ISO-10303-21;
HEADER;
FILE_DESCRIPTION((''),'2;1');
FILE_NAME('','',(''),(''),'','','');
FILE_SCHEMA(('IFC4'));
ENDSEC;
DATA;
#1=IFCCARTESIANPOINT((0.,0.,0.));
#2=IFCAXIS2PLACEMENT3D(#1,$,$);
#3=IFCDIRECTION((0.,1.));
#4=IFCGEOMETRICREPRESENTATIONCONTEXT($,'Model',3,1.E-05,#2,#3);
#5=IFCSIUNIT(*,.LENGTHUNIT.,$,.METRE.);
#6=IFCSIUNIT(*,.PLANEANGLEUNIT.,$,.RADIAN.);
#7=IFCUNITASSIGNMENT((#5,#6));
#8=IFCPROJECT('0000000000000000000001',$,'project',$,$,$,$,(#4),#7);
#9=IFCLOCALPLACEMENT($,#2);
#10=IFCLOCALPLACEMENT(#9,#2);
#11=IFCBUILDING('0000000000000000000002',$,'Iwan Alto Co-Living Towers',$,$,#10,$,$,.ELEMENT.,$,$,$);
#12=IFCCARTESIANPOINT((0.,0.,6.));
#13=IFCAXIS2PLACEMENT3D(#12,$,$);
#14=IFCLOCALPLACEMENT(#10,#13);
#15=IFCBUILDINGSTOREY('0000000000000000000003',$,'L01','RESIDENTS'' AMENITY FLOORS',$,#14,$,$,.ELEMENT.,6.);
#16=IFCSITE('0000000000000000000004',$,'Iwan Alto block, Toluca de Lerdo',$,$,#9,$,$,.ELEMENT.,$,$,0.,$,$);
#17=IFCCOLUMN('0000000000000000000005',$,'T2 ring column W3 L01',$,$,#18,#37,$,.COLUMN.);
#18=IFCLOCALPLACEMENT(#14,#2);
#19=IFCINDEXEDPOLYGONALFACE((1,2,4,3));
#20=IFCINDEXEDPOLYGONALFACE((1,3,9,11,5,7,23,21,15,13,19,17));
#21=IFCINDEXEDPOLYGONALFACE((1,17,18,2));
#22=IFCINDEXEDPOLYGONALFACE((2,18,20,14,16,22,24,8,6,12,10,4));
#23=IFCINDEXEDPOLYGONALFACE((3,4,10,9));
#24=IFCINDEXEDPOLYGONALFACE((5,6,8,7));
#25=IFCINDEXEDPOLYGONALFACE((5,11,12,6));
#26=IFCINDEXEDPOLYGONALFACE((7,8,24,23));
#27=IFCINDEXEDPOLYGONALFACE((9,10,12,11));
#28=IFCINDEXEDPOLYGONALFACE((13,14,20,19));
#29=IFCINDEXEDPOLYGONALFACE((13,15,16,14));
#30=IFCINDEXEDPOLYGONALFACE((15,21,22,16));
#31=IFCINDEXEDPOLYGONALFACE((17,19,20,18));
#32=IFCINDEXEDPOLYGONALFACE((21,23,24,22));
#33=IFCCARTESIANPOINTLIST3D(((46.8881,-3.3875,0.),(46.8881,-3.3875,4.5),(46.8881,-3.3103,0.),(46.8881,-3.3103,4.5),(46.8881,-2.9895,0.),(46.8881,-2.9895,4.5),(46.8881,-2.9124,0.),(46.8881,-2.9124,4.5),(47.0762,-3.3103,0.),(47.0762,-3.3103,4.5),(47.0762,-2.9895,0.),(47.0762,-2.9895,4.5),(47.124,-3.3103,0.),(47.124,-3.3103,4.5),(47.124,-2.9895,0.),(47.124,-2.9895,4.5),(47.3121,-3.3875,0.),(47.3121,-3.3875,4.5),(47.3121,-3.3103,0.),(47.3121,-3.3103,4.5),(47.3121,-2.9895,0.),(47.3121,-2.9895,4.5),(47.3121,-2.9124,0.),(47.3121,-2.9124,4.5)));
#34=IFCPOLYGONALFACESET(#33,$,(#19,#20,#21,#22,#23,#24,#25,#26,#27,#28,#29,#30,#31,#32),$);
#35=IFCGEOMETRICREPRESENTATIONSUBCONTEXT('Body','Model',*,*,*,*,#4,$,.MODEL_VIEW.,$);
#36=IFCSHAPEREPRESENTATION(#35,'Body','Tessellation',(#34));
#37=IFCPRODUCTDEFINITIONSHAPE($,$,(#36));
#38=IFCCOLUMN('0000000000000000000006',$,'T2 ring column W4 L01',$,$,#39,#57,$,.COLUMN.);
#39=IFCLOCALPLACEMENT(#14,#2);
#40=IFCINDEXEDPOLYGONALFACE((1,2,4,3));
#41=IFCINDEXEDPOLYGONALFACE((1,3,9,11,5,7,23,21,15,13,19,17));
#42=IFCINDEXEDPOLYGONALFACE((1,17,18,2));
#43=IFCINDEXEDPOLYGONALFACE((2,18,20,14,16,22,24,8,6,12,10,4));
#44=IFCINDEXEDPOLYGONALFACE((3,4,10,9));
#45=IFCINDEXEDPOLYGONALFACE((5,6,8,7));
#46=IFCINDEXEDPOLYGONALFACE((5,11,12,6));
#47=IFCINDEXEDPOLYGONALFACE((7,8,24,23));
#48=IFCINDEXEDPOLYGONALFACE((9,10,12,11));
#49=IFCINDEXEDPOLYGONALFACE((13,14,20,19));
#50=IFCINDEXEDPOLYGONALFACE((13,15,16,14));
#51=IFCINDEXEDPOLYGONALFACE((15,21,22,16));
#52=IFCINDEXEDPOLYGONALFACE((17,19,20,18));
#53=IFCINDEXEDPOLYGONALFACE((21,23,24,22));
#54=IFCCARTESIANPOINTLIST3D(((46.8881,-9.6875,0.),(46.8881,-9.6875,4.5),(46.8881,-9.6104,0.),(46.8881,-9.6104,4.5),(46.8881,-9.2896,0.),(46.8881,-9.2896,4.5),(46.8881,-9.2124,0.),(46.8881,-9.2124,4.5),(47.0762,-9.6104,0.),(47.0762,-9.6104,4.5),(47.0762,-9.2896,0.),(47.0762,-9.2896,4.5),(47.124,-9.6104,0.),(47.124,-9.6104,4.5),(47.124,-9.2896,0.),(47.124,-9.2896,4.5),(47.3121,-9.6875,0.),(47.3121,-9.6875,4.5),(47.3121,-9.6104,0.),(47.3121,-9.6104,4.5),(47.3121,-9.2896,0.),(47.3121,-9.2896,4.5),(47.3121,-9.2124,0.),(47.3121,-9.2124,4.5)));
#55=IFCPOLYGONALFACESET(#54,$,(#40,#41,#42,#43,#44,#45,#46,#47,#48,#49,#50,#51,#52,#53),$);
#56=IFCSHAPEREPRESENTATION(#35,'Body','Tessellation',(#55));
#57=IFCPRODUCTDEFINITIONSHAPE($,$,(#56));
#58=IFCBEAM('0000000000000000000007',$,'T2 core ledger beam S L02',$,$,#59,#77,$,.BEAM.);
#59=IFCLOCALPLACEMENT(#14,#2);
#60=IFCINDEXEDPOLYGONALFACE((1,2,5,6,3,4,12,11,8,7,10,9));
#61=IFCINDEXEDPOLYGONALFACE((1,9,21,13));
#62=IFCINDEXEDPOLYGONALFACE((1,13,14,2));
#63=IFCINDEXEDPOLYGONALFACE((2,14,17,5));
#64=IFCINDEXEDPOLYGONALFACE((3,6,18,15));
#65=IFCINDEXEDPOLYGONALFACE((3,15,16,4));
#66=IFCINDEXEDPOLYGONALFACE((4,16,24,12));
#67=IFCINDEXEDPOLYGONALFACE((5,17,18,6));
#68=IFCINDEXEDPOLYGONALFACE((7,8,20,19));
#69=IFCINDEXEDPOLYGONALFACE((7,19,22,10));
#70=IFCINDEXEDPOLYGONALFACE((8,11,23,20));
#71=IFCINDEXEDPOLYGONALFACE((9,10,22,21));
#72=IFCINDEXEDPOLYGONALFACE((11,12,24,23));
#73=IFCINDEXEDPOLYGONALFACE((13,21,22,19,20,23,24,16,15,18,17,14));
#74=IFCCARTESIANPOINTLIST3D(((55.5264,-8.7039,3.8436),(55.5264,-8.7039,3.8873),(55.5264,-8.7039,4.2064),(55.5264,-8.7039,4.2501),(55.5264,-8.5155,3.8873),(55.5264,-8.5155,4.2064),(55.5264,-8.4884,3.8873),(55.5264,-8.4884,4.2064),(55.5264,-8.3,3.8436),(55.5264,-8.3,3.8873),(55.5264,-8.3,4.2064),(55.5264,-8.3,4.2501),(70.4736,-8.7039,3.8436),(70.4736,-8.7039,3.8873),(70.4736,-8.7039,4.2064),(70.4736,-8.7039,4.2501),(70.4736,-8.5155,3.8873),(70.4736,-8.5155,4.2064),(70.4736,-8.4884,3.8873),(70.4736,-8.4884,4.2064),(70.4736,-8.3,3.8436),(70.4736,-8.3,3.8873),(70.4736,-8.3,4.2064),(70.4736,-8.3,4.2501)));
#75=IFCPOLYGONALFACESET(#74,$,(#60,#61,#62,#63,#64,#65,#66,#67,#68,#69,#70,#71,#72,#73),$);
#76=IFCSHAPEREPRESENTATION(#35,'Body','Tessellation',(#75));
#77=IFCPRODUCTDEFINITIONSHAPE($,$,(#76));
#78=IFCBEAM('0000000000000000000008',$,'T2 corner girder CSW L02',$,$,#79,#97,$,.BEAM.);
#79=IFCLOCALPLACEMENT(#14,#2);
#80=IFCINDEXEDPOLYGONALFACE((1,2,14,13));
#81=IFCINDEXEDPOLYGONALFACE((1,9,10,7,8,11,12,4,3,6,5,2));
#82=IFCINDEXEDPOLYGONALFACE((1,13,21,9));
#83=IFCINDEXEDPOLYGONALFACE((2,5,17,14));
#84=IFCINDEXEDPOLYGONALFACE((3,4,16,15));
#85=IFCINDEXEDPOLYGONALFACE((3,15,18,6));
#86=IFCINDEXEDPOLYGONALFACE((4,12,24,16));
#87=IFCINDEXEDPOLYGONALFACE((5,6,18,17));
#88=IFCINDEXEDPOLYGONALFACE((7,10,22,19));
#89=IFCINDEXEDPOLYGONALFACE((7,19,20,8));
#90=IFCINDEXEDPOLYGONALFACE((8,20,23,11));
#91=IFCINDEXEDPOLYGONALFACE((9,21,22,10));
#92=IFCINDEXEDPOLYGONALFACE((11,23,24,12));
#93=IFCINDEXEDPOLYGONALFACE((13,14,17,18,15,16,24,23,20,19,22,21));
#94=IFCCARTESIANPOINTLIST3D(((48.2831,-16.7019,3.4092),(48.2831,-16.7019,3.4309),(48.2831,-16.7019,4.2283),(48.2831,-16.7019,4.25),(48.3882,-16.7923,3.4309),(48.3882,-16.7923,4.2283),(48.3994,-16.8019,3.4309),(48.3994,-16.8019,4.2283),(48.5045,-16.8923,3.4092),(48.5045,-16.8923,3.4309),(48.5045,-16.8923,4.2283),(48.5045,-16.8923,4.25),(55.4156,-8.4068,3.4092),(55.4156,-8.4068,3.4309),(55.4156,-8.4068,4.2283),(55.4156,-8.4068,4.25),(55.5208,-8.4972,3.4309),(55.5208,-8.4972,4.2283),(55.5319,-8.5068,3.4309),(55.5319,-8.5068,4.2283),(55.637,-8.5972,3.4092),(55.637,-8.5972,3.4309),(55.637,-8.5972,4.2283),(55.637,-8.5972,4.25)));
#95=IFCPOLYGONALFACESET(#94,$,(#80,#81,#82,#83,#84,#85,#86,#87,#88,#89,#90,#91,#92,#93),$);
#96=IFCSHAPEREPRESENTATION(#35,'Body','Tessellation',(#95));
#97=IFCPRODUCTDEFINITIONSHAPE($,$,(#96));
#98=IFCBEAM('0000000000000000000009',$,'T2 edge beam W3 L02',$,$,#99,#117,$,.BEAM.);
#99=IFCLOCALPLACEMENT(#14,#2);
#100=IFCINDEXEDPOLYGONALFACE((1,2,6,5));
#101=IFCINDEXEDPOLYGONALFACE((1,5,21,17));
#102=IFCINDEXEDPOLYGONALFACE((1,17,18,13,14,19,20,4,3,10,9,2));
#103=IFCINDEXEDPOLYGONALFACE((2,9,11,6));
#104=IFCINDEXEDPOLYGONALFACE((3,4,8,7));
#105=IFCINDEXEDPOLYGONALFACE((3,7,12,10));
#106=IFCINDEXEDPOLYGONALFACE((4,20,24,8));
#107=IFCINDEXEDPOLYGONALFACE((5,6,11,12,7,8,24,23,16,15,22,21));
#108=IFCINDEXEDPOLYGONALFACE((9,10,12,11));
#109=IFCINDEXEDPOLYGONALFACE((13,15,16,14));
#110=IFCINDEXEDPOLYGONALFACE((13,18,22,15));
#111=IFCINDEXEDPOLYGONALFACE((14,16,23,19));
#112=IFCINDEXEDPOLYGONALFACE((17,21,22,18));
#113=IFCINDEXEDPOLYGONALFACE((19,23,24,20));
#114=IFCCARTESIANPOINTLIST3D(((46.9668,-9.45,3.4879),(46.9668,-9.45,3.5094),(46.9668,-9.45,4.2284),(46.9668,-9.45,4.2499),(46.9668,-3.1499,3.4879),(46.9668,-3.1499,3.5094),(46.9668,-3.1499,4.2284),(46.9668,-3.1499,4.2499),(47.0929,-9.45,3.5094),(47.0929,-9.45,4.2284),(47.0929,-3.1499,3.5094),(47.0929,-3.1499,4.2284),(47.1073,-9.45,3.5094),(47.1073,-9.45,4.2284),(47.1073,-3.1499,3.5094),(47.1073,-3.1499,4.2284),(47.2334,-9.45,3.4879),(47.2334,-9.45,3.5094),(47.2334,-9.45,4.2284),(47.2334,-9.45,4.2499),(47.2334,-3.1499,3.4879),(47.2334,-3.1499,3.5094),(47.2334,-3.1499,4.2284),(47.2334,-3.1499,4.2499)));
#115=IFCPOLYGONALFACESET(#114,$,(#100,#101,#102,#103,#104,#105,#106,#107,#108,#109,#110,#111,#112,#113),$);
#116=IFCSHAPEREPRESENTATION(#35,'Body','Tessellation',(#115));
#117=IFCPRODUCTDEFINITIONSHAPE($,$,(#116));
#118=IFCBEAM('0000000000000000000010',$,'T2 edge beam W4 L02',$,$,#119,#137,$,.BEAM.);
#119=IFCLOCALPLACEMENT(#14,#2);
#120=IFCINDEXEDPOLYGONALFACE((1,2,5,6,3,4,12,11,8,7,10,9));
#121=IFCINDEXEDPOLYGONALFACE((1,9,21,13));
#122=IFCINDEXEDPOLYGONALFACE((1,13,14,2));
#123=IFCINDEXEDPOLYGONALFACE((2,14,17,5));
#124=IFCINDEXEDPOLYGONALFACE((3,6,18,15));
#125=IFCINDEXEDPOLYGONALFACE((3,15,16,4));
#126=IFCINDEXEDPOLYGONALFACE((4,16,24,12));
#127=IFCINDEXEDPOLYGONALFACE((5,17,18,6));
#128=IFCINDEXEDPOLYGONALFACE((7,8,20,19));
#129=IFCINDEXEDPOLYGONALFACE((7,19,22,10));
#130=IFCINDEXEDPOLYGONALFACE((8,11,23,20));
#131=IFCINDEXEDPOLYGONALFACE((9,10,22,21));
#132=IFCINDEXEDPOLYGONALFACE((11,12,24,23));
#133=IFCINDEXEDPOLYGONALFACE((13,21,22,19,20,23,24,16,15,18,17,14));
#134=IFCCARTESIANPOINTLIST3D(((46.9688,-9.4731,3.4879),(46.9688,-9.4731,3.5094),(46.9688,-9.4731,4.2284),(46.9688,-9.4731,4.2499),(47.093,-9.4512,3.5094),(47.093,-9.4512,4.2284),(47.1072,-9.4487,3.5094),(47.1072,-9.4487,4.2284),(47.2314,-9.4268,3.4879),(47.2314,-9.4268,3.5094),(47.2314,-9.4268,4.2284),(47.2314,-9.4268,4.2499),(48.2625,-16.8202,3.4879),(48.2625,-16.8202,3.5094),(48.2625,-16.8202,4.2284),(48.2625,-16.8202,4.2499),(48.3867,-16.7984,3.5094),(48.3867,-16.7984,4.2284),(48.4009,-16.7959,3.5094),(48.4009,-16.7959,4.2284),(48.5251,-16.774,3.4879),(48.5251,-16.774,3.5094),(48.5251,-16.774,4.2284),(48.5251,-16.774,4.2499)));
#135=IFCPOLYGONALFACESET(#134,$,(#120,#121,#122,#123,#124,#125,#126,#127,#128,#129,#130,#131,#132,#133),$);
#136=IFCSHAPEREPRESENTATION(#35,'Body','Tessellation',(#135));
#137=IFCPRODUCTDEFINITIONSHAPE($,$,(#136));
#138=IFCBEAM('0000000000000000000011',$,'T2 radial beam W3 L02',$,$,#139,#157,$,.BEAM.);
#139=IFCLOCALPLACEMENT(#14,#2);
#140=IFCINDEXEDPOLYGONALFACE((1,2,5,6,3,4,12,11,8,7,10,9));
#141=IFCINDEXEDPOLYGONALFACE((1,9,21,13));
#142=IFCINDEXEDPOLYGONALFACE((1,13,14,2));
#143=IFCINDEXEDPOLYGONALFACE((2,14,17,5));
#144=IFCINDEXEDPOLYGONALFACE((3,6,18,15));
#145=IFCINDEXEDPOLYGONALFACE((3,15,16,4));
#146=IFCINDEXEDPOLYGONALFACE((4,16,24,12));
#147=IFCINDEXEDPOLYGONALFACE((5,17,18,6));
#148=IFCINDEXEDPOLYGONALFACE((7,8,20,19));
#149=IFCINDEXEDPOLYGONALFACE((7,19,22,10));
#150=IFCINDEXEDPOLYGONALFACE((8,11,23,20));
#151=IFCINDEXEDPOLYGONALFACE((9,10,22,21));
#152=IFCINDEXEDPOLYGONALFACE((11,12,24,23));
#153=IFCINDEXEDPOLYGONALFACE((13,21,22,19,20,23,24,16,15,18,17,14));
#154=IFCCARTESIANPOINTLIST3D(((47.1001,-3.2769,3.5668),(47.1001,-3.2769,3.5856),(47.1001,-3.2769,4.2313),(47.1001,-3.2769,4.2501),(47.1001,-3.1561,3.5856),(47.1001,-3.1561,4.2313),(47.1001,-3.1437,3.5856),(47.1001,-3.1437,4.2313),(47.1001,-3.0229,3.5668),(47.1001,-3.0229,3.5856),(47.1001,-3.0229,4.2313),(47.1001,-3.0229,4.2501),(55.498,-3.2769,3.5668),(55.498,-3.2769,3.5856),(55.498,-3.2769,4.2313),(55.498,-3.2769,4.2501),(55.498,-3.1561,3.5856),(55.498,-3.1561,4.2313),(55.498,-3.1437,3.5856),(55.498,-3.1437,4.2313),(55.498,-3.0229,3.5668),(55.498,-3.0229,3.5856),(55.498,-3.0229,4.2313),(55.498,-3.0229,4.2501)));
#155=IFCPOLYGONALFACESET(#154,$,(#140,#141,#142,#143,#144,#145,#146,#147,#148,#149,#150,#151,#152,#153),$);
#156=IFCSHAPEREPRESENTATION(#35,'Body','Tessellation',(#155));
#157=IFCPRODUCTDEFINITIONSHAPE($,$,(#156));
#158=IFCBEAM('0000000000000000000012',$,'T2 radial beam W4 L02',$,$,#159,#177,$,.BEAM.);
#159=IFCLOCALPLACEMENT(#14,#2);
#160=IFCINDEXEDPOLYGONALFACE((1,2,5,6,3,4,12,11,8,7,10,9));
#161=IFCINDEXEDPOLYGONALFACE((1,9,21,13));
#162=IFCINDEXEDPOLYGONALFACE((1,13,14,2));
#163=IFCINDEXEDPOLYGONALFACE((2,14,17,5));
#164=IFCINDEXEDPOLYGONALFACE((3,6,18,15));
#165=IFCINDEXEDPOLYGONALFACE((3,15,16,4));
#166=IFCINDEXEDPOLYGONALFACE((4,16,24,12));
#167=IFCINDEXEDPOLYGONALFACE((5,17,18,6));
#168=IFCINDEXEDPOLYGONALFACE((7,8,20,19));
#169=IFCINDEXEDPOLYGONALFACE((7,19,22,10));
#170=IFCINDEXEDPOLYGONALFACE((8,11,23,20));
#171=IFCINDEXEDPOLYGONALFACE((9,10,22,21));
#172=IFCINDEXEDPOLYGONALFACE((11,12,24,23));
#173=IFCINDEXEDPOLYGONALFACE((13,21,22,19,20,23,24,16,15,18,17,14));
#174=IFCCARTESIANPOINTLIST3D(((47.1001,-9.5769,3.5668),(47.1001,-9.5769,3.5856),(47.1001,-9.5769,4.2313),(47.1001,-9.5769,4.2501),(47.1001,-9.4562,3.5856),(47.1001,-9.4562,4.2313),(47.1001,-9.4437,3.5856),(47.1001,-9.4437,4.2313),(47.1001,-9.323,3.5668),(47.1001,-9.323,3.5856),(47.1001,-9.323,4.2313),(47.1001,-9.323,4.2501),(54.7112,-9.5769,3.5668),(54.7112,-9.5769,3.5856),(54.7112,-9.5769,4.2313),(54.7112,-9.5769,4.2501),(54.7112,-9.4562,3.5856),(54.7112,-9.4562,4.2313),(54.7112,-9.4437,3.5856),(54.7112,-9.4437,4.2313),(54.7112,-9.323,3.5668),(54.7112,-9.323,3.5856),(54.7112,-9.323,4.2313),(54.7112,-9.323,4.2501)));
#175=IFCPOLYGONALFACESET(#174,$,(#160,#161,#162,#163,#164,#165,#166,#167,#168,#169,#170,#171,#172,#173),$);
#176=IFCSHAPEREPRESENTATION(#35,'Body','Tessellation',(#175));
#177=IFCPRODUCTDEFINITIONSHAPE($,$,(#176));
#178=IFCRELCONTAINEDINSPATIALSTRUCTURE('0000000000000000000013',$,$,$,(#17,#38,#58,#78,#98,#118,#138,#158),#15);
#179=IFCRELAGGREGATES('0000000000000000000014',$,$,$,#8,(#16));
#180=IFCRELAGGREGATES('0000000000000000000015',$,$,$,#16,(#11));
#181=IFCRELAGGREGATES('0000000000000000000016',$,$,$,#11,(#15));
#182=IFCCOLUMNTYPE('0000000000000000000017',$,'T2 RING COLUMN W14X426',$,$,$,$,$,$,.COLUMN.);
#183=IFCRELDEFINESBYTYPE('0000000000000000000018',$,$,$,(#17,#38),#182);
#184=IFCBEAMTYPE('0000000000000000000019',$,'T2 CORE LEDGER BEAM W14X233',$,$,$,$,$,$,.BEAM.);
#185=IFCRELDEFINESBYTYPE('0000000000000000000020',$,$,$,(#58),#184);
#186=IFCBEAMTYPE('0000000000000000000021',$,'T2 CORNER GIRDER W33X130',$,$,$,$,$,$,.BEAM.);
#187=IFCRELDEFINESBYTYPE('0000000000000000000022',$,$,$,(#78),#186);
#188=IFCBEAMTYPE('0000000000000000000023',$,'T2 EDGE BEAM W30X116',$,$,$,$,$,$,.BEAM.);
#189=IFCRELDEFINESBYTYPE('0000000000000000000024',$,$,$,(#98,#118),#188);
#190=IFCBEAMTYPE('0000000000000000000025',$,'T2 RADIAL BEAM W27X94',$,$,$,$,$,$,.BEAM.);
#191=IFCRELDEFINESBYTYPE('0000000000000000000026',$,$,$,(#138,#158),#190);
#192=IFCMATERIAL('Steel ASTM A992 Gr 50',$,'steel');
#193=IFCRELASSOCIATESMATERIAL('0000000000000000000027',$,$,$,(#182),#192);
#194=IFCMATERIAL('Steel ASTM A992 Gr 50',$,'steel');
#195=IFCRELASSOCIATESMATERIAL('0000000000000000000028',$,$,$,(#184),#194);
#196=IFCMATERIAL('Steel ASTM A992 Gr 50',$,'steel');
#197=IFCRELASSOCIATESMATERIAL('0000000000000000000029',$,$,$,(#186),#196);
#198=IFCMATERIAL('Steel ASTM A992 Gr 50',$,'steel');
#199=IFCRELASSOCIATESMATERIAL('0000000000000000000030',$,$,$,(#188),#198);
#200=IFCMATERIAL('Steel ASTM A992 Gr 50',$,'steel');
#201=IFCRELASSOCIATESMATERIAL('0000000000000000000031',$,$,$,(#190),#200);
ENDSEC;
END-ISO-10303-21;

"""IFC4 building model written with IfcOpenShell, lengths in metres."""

from ifc_helpers import new_model, si_unit, direction, frame, origin, origin_2d, place, context, subcontext, project, spatial, i_section, extrude, material, material_profile, profile_set, type_object, element, save


model = new_model("IFC4")

# Units and contexts
model_context = context("Model", 3, precision=1e-05, world=origin(), true_north=direction((0.0, 1.0)))
body_context = subcontext(model_context, "Body", "Model", "MODEL_VIEW")
ifc_project = project(units=[si_unit("LENGTHUNIT", "METRE"), si_unit("PLANEANGLEUNIT", "RADIAN")], contexts=[model_context])

# Site, building, storey
site_placement = place(None, origin())
site = spatial("IfcSite", under=ifc_project, at=site_placement, Name="Iwan Alto block, Toluca de Lerdo", CompositionType="ELEMENT", RefElevation=0.0)
building_placement = place(site_placement, origin())
building = spatial("IfcBuilding", under=site, at=building_placement, Name="Iwan Alto Co-Living Towers", CompositionType="ELEMENT")
storey_placement = place(building_placement, frame((0.0, 0.0, 6.0)))
storey = spatial("IfcBuildingStorey", under=building, at=storey_placement, Name="L01", Description="RESIDENTS' AMENITY FLOORS", CompositionType="ELEMENT", Elevation=6.0)

# Columns
ifc_material_1 = material(Name="Steel ASTM A992 Gr 50", Category="steel")
ifc_material_profile_1 = material_profile(ifc_material_1, i_section(OverallWidth=0.4241, OverallDepth=0.4751, WebThickness=0.0479, FlangeThickness=0.0771, at=origin_2d()), Name="W14X426")
ifc_profile_set_1 = profile_set([ifc_material_profile_1], Name="Steel ASTM A992 Gr 50")
column_type = type_object("IfcColumnType", Name="T2 RING COLUMN W14X426", PredefinedType="COLUMN", material=ifc_profile_set_1)
for number, where, z_axis, x_axis, name in (
    (1, (47.1001, -3.1499, 0.0), (0.0, 0.0, 1.0), (1.0, 0.0, 0.0), "T2 ring column W3 L01"),
    (2, (47.1001, -9.45, 0.0), (0.0, 0.0, 1.0), (1.0, 0.0, 0.0), "T2 ring column W4 L01"),
):
    element("IfcColumn", number, at=place(storey_placement, frame(where, z_axis=z_axis, x_axis=x_axis)), inside=storey, type_object=column_type, Name=name, PredefinedType="COLUMN", context=body_context, shape_type="SweptSolid", body=[
        extrude(i_section(OverallWidth=0.4241, OverallDepth=0.4751, WebThickness=0.0479, FlangeThickness=0.0771, at=origin_2d()), origin(), (0.0, 0.0, 1.0), 4.5),
    ])

# Beams
ifc_material_2 = material(Name="Steel ASTM A992 Gr 50", Category="steel")
ifc_material_profile_2 = material_profile(ifc_material_2, i_section(OverallWidth=0.4038, OverallDepth=0.4065, WebThickness=0.0271, FlangeThickness=0.0437, at=origin_2d()), Name="W14X233")
ifc_profile_set_2 = profile_set([ifc_material_profile_2], Name="Steel ASTM A992 Gr 50")
beam_type_1 = type_object("IfcBeamType", Name="T2 CORE LEDGER BEAM W14X233", PredefinedType="BEAM", material=ifc_profile_set_2)
beam_1_placement = place(storey_placement, frame((55.5264, -8.502, 4.0469), z_axis=(1.0, 0.0, 0.0), x_axis=(0.0, 1.0, 0.0)))
element("IfcBeam", 3, at=beam_1_placement, inside=storey, type_object=beam_type_1, Name="T2 core ledger beam S L02", PredefinedType="BEAM", context=body_context, shape_type="SweptSolid", body=[
    extrude(i_section(OverallWidth=0.4038, OverallDepth=0.4065, WebThickness=0.0271, FlangeThickness=0.0437, at=origin_2d()), origin(), (0.0, 0.0, 1.0), 14.9473),
])
ifc_material_3 = material(Name="Steel ASTM A992 Gr 50", Category="steel")
ifc_material_profile_3 = material_profile(ifc_material_3, i_section(OverallWidth=0.292, OverallDepth=0.8408, WebThickness=0.0146, FlangeThickness=0.0217, at=origin_2d()), Name="W33X130")
ifc_profile_set_3 = profile_set([ifc_material_profile_3], Name="Steel ASTM A992 Gr 50")
beam_type_2 = type_object("IfcBeamType", Name="T2 CORNER GIRDER W33X130", PredefinedType="BEAM", material=ifc_profile_set_3)
beam_2_placement = place(storey_placement, frame((48.3938, -16.7971, 3.8296), z_axis=(0.651972, 0.758243, 0.0), x_axis=(-0.758243, 0.651972, 0.0)))
element("IfcBeam", 4, at=beam_2_placement, inside=storey, type_object=beam_type_2, Name="T2 corner girder CSW L02", PredefinedType="BEAM", context=body_context, shape_type="SweptSolid", body=[
    extrude(i_section(OverallWidth=0.292, OverallDepth=0.8408, WebThickness=0.0146, FlangeThickness=0.0217, at=origin_2d()), origin(), (0.0, 0.0, 1.0), 10.9399),
])
ifc_material_4 = material(Name="Steel ASTM A992 Gr 50", Category="steel")
ifc_material_profile_4 = material_profile(ifc_material_4, i_section(OverallWidth=0.2666, OverallDepth=0.762, WebThickness=0.0144, FlangeThickness=0.0215, at=origin_2d()), Name="W30X116")
ifc_profile_set_4 = profile_set([ifc_material_profile_4], Name="Steel ASTM A992 Gr 50")
beam_type_3 = type_object("IfcBeamType", Name="T2 EDGE BEAM W30X116", PredefinedType="BEAM", material=ifc_profile_set_4)
beam_3_placement = place(storey_placement, frame((47.1001, -3.1499, 3.8689), z_axis=(0.0, -1.0, 0.0), x_axis=(1.0, 0.0, 0.0)))
element("IfcBeam", 5, at=beam_3_placement, inside=storey, type_object=beam_type_3, Name="T2 edge beam W3 L02", PredefinedType="BEAM", context=body_context, shape_type="SweptSolid", body=[
    extrude(i_section(OverallWidth=0.2666, OverallDepth=0.762, WebThickness=0.0144, FlangeThickness=0.0215, at=origin_2d()), origin(), (0.0, 0.0, 1.0), 6.3),
])
beam_4_placement = place(storey_placement, frame((47.1001, -9.45, 3.8689), z_axis=(0.173414, -0.984849, 0.0), x_axis=(0.984849, 0.173414, 0.0)))
element("IfcBeam", 6, at=beam_4_placement, inside=storey, type_object=beam_type_3, Name="T2 edge beam W4 L02", PredefinedType="BEAM", context=body_context, shape_type="SweptSolid", body=[
    extrude(i_section(OverallWidth=0.2666, OverallDepth=0.762, WebThickness=0.0144, FlangeThickness=0.0215, at=origin_2d()), origin(), (0.0, 0.0, 1.0), 7.4602),
])
ifc_material_5 = material(Name="Steel ASTM A992 Gr 50", Category="steel")
ifc_material_profile_5 = material_profile(ifc_material_5, i_section(OverallWidth=0.2539, OverallDepth=0.6833, WebThickness=0.0125, FlangeThickness=0.0188, at=origin_2d()), Name="W27X94")
ifc_profile_set_5 = profile_set([ifc_material_profile_5], Name="Steel ASTM A992 Gr 50")
beam_type_4 = type_object("IfcBeamType", Name="T2 RADIAL BEAM W27X94", PredefinedType="BEAM", material=ifc_profile_set_5)
beam_5_placement = place(storey_placement, frame((47.1001, -3.1499, 3.9084), z_axis=(1.0, 0.0, 0.0), x_axis=(0.0, 1.0, 0.0)))
element("IfcBeam", 7, at=beam_5_placement, inside=storey, type_object=beam_type_4, Name="T2 radial beam W3 L02", PredefinedType="BEAM", context=body_context, shape_type="SweptSolid", body=[
    extrude(i_section(OverallWidth=0.2539, OverallDepth=0.6833, WebThickness=0.0125, FlangeThickness=0.0188, at=origin_2d()), origin(), (0.0, 0.0, 1.0), 8.3979),
])
beam_6_placement = place(storey_placement, frame((47.1001, -9.45, 3.9084), z_axis=(1.0, 0.0, 0.0), x_axis=(0.0, 1.0, 0.0)))
element("IfcBeam", 8, at=beam_6_placement, inside=storey, type_object=beam_type_4, Name="T2 radial beam W4 L02", PredefinedType="BEAM", context=body_context, shape_type="SweptSolid", body=[
    extrude(i_section(OverallWidth=0.2539, OverallDepth=0.6833, WebThickness=0.0125, FlangeThickness=0.0188, at=origin_2d()), origin(), (0.0, 0.0, 1.0), 7.6111),
])

save(model, "model.ifc")
